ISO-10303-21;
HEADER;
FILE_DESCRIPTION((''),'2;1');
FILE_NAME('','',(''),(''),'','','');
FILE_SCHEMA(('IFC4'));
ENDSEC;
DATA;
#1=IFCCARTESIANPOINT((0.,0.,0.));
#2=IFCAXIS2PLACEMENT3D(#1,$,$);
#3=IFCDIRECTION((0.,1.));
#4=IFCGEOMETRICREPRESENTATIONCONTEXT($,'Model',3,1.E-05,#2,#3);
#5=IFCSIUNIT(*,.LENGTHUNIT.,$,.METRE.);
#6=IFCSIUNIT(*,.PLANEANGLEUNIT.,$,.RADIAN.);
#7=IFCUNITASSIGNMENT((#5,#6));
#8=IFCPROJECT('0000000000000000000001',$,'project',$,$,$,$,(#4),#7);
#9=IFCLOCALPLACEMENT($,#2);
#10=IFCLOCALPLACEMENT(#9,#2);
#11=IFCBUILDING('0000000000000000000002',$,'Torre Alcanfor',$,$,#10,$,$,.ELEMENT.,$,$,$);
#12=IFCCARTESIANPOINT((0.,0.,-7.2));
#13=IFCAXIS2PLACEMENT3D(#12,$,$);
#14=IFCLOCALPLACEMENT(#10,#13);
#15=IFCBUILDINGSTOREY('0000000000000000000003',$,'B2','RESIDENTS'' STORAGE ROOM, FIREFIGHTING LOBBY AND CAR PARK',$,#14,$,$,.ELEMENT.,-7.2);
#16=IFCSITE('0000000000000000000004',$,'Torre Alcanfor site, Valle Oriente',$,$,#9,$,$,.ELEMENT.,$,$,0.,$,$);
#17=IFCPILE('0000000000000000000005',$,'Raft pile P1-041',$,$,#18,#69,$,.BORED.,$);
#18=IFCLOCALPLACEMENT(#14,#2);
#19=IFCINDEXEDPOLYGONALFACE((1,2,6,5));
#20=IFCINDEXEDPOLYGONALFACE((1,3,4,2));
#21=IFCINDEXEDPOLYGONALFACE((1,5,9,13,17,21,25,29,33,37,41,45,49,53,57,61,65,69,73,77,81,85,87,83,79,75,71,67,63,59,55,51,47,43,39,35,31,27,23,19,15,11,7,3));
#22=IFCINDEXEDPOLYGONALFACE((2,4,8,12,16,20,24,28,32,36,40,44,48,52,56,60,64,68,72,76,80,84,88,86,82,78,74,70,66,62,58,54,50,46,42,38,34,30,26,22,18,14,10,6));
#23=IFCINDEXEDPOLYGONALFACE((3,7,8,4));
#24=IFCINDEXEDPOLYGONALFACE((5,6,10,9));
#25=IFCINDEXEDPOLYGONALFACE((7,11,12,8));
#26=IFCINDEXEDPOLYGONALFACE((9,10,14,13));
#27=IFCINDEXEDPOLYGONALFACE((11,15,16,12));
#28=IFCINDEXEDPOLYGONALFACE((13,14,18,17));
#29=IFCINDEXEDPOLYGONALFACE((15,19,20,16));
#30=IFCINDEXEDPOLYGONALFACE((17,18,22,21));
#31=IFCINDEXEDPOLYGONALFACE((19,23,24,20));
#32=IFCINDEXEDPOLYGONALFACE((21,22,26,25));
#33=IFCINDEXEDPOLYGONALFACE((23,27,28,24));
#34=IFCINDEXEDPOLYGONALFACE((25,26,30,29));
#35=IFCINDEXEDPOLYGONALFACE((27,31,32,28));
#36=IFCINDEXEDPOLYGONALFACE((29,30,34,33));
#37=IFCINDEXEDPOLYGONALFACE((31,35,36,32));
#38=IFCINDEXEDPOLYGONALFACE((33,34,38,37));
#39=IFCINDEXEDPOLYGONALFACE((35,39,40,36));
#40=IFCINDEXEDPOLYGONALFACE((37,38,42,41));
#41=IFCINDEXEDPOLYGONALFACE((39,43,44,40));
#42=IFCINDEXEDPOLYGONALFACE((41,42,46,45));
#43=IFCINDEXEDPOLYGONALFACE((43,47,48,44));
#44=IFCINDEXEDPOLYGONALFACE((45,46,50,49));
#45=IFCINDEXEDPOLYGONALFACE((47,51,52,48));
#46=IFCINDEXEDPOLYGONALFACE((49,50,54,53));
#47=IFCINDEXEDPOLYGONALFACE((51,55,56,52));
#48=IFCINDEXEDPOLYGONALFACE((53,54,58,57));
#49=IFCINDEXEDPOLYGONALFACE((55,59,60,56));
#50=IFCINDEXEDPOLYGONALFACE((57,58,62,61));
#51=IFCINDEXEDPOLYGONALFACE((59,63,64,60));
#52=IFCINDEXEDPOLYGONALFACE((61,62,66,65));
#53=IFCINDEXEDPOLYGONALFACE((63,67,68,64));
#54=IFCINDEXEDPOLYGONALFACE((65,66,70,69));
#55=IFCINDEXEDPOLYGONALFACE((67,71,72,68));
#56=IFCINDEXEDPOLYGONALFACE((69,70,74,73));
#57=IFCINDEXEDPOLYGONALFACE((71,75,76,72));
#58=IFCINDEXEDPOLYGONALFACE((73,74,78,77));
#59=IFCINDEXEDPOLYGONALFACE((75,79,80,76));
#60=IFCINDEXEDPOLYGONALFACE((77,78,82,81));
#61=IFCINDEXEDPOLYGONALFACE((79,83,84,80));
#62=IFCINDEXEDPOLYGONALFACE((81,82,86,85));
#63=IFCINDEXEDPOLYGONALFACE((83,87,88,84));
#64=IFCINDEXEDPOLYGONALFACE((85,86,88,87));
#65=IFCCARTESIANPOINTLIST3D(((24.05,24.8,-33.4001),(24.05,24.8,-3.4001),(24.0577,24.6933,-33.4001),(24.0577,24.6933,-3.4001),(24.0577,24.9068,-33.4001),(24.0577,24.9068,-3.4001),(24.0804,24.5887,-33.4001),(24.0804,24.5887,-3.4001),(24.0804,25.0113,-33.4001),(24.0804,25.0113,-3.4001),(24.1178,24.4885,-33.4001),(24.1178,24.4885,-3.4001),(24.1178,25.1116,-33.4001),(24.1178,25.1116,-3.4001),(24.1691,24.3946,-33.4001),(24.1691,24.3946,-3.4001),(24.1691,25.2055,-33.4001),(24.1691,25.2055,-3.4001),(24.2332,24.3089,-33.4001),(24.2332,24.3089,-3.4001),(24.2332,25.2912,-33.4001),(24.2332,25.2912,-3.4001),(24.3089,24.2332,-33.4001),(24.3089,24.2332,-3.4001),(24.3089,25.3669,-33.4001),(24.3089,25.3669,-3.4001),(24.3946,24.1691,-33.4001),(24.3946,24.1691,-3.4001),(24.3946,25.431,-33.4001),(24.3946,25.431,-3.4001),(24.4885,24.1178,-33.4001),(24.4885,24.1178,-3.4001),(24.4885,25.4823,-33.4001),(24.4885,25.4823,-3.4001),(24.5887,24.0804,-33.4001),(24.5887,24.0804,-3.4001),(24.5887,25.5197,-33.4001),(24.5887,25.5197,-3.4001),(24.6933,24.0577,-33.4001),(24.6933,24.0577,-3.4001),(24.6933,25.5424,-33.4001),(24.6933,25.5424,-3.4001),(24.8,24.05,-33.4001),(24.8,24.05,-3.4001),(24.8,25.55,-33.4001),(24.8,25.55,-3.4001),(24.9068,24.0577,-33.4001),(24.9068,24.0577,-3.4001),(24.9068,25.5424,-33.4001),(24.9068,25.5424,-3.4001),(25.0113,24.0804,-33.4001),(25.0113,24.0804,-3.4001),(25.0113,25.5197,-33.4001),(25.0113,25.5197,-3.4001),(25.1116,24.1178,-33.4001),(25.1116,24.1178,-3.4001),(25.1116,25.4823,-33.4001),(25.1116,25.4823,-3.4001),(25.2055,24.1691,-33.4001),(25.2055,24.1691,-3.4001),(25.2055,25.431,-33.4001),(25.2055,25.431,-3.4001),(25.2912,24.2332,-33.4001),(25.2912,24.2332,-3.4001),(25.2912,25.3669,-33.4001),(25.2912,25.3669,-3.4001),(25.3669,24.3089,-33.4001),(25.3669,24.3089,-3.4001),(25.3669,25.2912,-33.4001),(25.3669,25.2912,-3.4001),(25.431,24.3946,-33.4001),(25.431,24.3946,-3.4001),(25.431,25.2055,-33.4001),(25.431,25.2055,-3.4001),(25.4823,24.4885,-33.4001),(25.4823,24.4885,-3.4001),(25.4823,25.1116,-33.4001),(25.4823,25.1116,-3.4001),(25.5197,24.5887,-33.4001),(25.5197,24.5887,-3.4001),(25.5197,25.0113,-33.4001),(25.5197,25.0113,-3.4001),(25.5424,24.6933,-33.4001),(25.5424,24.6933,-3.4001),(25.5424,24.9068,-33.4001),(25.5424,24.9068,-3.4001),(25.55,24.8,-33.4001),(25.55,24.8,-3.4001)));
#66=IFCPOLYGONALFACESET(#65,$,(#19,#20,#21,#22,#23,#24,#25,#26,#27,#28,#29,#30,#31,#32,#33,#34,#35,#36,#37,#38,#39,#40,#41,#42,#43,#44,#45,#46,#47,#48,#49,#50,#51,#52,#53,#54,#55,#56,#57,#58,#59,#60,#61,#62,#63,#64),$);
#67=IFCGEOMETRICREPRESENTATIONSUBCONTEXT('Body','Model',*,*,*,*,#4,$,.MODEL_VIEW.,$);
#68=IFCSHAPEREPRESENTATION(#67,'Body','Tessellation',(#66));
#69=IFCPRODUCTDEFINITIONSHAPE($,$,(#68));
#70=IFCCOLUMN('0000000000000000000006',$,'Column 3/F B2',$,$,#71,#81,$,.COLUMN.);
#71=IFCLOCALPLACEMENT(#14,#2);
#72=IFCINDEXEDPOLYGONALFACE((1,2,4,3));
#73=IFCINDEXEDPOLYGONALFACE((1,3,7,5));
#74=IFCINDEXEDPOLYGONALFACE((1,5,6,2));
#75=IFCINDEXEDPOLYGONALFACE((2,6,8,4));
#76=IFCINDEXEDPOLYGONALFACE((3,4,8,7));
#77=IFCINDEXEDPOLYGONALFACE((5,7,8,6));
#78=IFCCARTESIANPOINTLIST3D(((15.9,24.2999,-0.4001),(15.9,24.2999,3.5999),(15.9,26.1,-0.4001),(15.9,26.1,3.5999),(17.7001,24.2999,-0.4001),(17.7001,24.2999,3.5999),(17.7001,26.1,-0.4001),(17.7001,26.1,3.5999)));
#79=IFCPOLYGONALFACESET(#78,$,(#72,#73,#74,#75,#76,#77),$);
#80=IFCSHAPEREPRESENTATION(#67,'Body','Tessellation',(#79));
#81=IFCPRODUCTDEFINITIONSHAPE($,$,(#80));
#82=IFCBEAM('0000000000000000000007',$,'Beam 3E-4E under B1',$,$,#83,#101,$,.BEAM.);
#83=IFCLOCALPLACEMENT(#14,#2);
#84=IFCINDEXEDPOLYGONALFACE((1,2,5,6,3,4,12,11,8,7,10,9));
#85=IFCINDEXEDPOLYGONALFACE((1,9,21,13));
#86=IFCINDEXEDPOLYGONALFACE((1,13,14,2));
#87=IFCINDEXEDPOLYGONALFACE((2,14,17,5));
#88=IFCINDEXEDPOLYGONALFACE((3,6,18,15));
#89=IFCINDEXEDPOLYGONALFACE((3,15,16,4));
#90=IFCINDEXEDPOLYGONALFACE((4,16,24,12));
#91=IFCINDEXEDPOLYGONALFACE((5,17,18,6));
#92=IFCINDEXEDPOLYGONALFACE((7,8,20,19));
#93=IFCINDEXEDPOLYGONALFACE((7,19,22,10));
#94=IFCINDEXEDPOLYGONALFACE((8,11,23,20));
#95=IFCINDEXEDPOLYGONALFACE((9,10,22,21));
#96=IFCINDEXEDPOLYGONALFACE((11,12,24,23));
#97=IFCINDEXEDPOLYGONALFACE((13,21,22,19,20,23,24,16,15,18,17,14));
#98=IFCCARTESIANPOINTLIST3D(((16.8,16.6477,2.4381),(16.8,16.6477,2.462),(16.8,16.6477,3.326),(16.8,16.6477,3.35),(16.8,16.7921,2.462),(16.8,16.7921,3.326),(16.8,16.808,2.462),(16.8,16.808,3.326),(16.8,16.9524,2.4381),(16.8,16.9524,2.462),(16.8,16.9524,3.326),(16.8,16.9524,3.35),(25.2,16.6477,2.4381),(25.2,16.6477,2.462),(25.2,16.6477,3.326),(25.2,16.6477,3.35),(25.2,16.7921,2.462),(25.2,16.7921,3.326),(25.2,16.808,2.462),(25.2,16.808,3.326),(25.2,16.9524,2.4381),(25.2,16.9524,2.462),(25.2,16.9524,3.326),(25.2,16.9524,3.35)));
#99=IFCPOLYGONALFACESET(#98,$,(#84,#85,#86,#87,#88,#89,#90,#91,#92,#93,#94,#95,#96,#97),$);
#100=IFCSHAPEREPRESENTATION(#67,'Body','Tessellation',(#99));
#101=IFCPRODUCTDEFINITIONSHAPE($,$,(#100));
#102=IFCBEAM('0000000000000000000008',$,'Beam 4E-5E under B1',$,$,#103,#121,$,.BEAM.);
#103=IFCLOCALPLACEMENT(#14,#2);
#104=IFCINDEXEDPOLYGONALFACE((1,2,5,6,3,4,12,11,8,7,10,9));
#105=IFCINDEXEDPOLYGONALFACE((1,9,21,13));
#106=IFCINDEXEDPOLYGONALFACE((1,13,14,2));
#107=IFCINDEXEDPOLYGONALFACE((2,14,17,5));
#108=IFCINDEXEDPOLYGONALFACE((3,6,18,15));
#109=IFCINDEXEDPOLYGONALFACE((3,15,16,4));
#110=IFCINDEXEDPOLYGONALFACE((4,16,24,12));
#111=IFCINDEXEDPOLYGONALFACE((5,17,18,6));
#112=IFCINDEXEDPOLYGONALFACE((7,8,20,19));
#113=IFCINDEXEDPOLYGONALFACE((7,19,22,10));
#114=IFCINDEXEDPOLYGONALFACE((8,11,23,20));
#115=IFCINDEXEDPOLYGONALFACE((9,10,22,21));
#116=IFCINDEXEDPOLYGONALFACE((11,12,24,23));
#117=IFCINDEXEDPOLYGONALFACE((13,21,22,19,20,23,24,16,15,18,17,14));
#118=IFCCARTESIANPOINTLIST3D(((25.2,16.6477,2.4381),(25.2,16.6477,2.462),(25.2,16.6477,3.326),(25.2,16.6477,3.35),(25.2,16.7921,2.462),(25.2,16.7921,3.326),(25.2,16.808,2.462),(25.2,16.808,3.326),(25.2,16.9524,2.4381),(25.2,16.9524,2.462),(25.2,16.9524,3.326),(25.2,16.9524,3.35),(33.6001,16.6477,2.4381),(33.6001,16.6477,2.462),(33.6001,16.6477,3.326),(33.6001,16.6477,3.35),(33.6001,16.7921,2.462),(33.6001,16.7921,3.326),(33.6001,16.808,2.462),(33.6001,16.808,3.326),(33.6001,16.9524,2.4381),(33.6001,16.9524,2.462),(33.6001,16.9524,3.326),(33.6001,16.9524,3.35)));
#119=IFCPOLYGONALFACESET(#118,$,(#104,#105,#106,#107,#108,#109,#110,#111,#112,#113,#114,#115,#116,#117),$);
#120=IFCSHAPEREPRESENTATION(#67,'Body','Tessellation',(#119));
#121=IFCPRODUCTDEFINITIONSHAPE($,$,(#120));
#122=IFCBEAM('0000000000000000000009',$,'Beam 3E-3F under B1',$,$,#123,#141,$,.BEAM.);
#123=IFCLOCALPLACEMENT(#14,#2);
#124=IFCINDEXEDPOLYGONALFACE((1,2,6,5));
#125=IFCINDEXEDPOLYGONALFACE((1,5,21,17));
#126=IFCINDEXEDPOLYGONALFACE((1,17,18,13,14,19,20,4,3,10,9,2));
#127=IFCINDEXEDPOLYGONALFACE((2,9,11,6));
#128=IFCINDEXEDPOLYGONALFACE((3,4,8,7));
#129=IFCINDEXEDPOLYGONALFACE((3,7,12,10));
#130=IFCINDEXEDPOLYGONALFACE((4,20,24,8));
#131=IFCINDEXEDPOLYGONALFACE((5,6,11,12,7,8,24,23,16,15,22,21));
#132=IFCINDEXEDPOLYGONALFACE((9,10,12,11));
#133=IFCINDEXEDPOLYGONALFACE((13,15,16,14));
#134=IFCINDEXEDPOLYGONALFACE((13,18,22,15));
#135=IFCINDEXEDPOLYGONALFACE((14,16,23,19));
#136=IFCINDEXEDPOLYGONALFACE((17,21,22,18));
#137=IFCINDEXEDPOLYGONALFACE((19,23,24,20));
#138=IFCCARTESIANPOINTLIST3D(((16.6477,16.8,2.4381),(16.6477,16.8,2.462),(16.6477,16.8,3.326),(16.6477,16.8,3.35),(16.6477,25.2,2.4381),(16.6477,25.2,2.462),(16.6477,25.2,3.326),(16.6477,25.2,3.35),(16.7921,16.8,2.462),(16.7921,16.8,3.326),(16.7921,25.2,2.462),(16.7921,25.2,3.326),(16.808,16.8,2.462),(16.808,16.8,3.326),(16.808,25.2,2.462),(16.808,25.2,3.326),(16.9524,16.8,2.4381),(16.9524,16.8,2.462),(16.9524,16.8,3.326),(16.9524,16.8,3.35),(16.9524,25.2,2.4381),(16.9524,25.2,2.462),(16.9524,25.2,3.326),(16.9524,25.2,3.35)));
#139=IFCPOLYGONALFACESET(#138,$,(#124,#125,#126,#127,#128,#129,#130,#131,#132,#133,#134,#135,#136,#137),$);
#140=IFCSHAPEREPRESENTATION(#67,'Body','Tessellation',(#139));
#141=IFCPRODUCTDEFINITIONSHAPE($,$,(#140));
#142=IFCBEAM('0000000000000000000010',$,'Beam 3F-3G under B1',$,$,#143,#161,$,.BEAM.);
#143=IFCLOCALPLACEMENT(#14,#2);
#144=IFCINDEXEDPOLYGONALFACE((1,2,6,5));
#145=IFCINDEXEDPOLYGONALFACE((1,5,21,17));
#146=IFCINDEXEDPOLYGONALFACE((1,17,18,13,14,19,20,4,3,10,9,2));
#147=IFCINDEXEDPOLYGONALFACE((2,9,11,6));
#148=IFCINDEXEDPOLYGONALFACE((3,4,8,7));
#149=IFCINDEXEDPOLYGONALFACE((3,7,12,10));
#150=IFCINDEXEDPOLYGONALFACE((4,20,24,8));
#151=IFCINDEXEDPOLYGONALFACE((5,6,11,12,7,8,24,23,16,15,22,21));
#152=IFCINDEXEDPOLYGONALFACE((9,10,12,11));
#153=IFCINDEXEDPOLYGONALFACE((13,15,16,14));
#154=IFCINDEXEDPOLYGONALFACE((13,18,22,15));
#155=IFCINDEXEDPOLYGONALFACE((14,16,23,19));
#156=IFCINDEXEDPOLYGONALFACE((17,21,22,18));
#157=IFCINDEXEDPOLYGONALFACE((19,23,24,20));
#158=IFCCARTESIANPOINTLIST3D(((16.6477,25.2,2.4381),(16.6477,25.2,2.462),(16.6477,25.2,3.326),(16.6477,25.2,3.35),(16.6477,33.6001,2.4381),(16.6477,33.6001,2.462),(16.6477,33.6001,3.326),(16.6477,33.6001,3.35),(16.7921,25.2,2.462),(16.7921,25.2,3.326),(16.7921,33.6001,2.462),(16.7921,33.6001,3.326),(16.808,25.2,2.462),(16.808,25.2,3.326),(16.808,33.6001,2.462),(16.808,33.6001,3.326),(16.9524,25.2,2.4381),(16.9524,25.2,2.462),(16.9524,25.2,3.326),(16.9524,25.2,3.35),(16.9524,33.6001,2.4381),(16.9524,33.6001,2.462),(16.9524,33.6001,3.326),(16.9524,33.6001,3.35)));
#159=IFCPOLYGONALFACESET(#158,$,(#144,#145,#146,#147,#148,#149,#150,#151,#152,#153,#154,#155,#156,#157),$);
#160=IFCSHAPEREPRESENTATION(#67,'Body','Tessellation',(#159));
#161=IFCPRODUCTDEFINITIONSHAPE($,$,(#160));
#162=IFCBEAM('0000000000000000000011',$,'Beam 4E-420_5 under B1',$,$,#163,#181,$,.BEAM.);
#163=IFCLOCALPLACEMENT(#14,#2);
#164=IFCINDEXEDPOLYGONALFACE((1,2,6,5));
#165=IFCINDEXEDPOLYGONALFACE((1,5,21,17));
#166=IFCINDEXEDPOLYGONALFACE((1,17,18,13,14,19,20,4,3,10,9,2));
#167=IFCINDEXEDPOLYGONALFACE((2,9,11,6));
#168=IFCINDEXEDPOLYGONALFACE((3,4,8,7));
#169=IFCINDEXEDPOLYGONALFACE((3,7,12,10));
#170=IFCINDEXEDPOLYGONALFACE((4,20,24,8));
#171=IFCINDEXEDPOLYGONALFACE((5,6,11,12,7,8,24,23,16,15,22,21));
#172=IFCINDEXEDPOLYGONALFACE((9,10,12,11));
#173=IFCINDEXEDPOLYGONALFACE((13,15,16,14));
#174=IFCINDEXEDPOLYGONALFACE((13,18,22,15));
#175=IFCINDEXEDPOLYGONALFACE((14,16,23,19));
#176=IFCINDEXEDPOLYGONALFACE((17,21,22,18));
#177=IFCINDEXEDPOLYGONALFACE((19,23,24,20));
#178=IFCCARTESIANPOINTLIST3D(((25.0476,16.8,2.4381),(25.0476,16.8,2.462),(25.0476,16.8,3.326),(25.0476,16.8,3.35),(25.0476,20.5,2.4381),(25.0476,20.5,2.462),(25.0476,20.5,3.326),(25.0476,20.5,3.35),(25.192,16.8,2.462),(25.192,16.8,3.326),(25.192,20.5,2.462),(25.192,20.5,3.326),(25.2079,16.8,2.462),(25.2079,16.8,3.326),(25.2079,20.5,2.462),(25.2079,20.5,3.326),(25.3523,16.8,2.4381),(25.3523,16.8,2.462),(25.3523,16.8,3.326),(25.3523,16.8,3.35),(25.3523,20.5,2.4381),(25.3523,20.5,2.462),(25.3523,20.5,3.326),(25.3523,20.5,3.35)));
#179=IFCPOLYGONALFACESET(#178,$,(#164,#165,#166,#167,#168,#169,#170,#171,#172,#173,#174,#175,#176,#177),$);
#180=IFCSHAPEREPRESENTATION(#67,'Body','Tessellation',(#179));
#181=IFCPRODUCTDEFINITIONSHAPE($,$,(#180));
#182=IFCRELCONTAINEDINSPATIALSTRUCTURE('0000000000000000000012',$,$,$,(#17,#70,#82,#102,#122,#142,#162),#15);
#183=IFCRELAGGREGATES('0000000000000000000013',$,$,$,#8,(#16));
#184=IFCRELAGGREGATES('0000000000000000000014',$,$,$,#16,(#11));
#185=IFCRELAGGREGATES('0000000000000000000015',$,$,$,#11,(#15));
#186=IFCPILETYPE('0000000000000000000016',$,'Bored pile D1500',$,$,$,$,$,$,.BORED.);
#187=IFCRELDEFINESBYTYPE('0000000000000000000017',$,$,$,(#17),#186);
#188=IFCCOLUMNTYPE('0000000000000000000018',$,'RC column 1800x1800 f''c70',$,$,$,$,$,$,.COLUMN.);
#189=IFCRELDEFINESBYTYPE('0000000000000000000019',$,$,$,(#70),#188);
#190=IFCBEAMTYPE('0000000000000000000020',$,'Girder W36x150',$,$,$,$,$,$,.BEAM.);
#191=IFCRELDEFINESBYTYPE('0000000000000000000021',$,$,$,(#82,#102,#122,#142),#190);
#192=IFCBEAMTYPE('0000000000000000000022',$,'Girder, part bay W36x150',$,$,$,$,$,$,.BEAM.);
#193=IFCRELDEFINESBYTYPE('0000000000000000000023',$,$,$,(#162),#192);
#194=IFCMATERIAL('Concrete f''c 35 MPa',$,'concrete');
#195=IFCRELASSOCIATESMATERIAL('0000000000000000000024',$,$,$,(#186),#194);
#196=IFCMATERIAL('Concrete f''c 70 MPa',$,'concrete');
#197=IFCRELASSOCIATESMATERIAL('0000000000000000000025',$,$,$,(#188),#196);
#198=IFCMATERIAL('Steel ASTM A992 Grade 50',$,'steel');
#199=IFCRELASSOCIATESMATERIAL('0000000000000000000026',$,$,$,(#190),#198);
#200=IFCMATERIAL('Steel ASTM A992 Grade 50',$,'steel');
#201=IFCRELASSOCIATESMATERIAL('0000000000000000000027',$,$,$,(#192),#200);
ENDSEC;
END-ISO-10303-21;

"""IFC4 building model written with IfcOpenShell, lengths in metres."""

from ifc_helpers import new_model, si_unit, direction, frame, origin, origin_2d, place, context, subcontext, project, spatial, rectangle, circle, i_section, extrude, material, material_profile, profile_set, type_object, element, save


model = new_model("IFC4")

# Units and contexts
model_context = context("Model", 3, precision=1e-05, world=origin(), true_north=direction((0.0, 1.0)))
body_context = subcontext(model_context, "Body", "Model", "MODEL_VIEW")
ifc_project = project(units=[si_unit("LENGTHUNIT", "METRE"), si_unit("PLANEANGLEUNIT", "RADIAN")], contexts=[model_context])

# Site, building, storey
site_placement = place(None, origin())
site = spatial("IfcSite", under=ifc_project, at=site_placement, Name="Torre Alcanfor site, Valle Oriente", CompositionType="ELEMENT", RefElevation=0.0)
building_placement = place(site_placement, origin())
building = spatial("IfcBuilding", under=site, at=building_placement, Name="Torre Alcanfor", CompositionType="ELEMENT")
storey_placement = place(building_placement, frame((0.0, 0.0, -7.2)))
storey = spatial("IfcBuildingStorey", under=building, at=storey_placement, Name="B2", Description="RESIDENTS' STORAGE ROOM, FIREFIGHTING LOBBY AND CAR PARK", CompositionType="ELEMENT", Elevation=-7.2)

# Pile
ifc_material_1 = material(Name="Concrete f'c 35 MPa", Category="concrete")
ifc_material_profile_1 = material_profile(ifc_material_1, circle(Radius=0.75, at=origin_2d()), Name="D1500")
ifc_profile_set_1 = profile_set([ifc_material_profile_1], Name="Concrete f'c 35 MPa")
pile_type = type_object("IfcPileType", Name="Bored pile D1500", PredefinedType="BORED", material=ifc_profile_set_1)
for number, where, z_axis, x_axis, name in (
    (1, (24.8, 24.8, -3.4001), (0.0, 0.0, -1.0), (1.0, 0.0, 0.0), "Raft pile P1-041"),
):
    element("IfcPile", number, at=place(storey_placement, frame(where, z_axis=z_axis, x_axis=x_axis)), inside=storey, type_object=pile_type, Name=name, PredefinedType="BORED", context=body_context, shape_type="SweptSolid", body=[
        extrude(circle(Radius=0.75, at=origin_2d()), origin(), (0.0, 0.0, 1.0), 30.0),
    ])

# Column
ifc_material_2 = material(Name="Concrete f'c 70 MPa", Category="concrete")
ifc_material_profile_2 = material_profile(ifc_material_2, rectangle(XDim=1.8, YDim=1.8, at=origin_2d()), Name="1800x1800")
ifc_profile_set_2 = profile_set([ifc_material_profile_2], Name="Concrete f'c 70 MPa")
column_type = type_object("IfcColumnType", Name="RC column 1800x1800 f'c70", PredefinedType="COLUMN", material=ifc_profile_set_2)
column_placement = place(storey_placement, frame((16.8, 25.2, -0.4001), z_axis=(0.0, 0.0, 1.0), x_axis=(1.0, 0.0, 0.0)))
element("IfcColumn", 2, at=column_placement, inside=storey, type_object=column_type, Name="Column 3/F B2", PredefinedType="COLUMN", context=body_context, shape_type="SweptSolid", body=[
    extrude(rectangle(XDim=1.8, YDim=1.8, at=origin_2d()), origin(), (0.0, 0.0, 1.0), 4.0),
])

# Beams
ifc_material_3 = material(Name="Steel ASTM A992 Grade 50", Category="steel")
ifc_material_profile_3 = material_profile(ifc_material_3, i_section(OverallWidth=0.3047, OverallDepth=0.9119, WebThickness=0.0159, FlangeThickness=0.0239, at=origin_2d()), Name="W36x150")
ifc_profile_set_3 = profile_set([ifc_material_profile_3], Name="Steel ASTM A992 Grade 50")
beam_type_1 = type_object("IfcBeamType", Name="Girder W36x150", PredefinedType="BEAM", material=ifc_profile_set_3)
beam_1_placement = place(storey_placement, frame((16.8, 16.8, 2.894), z_axis=(1.0, 0.0, 0.0), x_axis=(0.0, 1.0, 0.0)))
element("IfcBeam", 3, at=beam_1_placement, inside=storey, type_object=beam_type_1, Name="Beam 3E-4E under B1", PredefinedType="BEAM", context=body_context, shape_type="SweptSolid", body=[
    extrude(i_section(OverallWidth=0.3047, OverallDepth=0.9119, WebThickness=0.0159, FlangeThickness=0.0239, at=origin_2d()), origin(), (0.0, 0.0, 1.0), 8.3999),
])
beam_2_placement = place(storey_placement, frame((25.2, 16.8, 2.894), z_axis=(1.0, 0.0, 0.0), x_axis=(0.0, 1.0, 0.0)))
element("IfcBeam", 4, at=beam_2_placement, inside=storey, type_object=beam_type_1, Name="Beam 4E-5E under B1", PredefinedType="BEAM", context=body_context, shape_type="SweptSolid", body=[
    extrude(i_section(OverallWidth=0.3047, OverallDepth=0.9119, WebThickness=0.0159, FlangeThickness=0.0239, at=origin_2d()), origin(), (0.0, 0.0, 1.0), 8.4001),
])
beam_3_placement = place(storey_placement, frame((16.8, 16.8, 2.894), z_axis=(0.0, 1.0, 0.0), x_axis=(-1.0, 0.0, 0.0)))
element("IfcBeam", 5, at=beam_3_placement, inside=storey, type_object=beam_type_1, Name="Beam 3E-3F under B1", PredefinedType="BEAM", context=body_context, shape_type="SweptSolid", body=[
    extrude(i_section(OverallWidth=0.3047, OverallDepth=0.9119, WebThickness=0.0159, FlangeThickness=0.0239, at=origin_2d()), origin(), (0.0, 0.0, 1.0), 8.3999),
])
beam_4_placement = place(storey_placement, frame((16.8, 25.2, 2.894), z_axis=(0.0, 1.0, 0.0), x_axis=(-1.0, 0.0, 0.0)))
element("IfcBeam", 6, at=beam_4_placement, inside=storey, type_object=beam_type_1, Name="Beam 3F-3G under B1", PredefinedType="BEAM", context=body_context, shape_type="SweptSolid", body=[
    extrude(i_section(OverallWidth=0.3047, OverallDepth=0.9119, WebThickness=0.0159, FlangeThickness=0.0239, at=origin_2d()), origin(), (0.0, 0.0, 1.0), 8.4001),
])
ifc_material_4 = material(Name="Steel ASTM A992 Grade 50", Category="steel")
ifc_material_profile_4 = material_profile(ifc_material_4, i_section(OverallWidth=0.3047, OverallDepth=0.9119, WebThickness=0.0159, FlangeThickness=0.0239, at=origin_2d()), Name="W36x150")
ifc_profile_set_4 = profile_set([ifc_material_profile_4], Name="Steel ASTM A992 Grade 50")
beam_type_2 = type_object("IfcBeamType", Name="Girder, part bay W36x150", PredefinedType="BEAM", material=ifc_profile_set_4)
for number, where, z_axis, x_axis, name in (
    (7, (25.2, 16.8, 2.894), (0.0, 1.0, 0.0), (-1.0, 0.0, 0.0), "Beam 4E-420_5 under B1"),
):
    element("IfcBeam", number, at=place(storey_placement, frame(where, z_axis=z_axis, x_axis=x_axis)), inside=storey, type_object=beam_type_2, Name=name, PredefinedType="BEAM", context=body_context, shape_type="SweptSolid", body=[
        extrude(i_section(OverallWidth=0.3047, OverallDepth=0.9119, WebThickness=0.0159, FlangeThickness=0.0239, at=origin_2d()), origin(), (0.0, 0.0, 1.0), 3.7),
    ])

save(model, "model.ifc")
